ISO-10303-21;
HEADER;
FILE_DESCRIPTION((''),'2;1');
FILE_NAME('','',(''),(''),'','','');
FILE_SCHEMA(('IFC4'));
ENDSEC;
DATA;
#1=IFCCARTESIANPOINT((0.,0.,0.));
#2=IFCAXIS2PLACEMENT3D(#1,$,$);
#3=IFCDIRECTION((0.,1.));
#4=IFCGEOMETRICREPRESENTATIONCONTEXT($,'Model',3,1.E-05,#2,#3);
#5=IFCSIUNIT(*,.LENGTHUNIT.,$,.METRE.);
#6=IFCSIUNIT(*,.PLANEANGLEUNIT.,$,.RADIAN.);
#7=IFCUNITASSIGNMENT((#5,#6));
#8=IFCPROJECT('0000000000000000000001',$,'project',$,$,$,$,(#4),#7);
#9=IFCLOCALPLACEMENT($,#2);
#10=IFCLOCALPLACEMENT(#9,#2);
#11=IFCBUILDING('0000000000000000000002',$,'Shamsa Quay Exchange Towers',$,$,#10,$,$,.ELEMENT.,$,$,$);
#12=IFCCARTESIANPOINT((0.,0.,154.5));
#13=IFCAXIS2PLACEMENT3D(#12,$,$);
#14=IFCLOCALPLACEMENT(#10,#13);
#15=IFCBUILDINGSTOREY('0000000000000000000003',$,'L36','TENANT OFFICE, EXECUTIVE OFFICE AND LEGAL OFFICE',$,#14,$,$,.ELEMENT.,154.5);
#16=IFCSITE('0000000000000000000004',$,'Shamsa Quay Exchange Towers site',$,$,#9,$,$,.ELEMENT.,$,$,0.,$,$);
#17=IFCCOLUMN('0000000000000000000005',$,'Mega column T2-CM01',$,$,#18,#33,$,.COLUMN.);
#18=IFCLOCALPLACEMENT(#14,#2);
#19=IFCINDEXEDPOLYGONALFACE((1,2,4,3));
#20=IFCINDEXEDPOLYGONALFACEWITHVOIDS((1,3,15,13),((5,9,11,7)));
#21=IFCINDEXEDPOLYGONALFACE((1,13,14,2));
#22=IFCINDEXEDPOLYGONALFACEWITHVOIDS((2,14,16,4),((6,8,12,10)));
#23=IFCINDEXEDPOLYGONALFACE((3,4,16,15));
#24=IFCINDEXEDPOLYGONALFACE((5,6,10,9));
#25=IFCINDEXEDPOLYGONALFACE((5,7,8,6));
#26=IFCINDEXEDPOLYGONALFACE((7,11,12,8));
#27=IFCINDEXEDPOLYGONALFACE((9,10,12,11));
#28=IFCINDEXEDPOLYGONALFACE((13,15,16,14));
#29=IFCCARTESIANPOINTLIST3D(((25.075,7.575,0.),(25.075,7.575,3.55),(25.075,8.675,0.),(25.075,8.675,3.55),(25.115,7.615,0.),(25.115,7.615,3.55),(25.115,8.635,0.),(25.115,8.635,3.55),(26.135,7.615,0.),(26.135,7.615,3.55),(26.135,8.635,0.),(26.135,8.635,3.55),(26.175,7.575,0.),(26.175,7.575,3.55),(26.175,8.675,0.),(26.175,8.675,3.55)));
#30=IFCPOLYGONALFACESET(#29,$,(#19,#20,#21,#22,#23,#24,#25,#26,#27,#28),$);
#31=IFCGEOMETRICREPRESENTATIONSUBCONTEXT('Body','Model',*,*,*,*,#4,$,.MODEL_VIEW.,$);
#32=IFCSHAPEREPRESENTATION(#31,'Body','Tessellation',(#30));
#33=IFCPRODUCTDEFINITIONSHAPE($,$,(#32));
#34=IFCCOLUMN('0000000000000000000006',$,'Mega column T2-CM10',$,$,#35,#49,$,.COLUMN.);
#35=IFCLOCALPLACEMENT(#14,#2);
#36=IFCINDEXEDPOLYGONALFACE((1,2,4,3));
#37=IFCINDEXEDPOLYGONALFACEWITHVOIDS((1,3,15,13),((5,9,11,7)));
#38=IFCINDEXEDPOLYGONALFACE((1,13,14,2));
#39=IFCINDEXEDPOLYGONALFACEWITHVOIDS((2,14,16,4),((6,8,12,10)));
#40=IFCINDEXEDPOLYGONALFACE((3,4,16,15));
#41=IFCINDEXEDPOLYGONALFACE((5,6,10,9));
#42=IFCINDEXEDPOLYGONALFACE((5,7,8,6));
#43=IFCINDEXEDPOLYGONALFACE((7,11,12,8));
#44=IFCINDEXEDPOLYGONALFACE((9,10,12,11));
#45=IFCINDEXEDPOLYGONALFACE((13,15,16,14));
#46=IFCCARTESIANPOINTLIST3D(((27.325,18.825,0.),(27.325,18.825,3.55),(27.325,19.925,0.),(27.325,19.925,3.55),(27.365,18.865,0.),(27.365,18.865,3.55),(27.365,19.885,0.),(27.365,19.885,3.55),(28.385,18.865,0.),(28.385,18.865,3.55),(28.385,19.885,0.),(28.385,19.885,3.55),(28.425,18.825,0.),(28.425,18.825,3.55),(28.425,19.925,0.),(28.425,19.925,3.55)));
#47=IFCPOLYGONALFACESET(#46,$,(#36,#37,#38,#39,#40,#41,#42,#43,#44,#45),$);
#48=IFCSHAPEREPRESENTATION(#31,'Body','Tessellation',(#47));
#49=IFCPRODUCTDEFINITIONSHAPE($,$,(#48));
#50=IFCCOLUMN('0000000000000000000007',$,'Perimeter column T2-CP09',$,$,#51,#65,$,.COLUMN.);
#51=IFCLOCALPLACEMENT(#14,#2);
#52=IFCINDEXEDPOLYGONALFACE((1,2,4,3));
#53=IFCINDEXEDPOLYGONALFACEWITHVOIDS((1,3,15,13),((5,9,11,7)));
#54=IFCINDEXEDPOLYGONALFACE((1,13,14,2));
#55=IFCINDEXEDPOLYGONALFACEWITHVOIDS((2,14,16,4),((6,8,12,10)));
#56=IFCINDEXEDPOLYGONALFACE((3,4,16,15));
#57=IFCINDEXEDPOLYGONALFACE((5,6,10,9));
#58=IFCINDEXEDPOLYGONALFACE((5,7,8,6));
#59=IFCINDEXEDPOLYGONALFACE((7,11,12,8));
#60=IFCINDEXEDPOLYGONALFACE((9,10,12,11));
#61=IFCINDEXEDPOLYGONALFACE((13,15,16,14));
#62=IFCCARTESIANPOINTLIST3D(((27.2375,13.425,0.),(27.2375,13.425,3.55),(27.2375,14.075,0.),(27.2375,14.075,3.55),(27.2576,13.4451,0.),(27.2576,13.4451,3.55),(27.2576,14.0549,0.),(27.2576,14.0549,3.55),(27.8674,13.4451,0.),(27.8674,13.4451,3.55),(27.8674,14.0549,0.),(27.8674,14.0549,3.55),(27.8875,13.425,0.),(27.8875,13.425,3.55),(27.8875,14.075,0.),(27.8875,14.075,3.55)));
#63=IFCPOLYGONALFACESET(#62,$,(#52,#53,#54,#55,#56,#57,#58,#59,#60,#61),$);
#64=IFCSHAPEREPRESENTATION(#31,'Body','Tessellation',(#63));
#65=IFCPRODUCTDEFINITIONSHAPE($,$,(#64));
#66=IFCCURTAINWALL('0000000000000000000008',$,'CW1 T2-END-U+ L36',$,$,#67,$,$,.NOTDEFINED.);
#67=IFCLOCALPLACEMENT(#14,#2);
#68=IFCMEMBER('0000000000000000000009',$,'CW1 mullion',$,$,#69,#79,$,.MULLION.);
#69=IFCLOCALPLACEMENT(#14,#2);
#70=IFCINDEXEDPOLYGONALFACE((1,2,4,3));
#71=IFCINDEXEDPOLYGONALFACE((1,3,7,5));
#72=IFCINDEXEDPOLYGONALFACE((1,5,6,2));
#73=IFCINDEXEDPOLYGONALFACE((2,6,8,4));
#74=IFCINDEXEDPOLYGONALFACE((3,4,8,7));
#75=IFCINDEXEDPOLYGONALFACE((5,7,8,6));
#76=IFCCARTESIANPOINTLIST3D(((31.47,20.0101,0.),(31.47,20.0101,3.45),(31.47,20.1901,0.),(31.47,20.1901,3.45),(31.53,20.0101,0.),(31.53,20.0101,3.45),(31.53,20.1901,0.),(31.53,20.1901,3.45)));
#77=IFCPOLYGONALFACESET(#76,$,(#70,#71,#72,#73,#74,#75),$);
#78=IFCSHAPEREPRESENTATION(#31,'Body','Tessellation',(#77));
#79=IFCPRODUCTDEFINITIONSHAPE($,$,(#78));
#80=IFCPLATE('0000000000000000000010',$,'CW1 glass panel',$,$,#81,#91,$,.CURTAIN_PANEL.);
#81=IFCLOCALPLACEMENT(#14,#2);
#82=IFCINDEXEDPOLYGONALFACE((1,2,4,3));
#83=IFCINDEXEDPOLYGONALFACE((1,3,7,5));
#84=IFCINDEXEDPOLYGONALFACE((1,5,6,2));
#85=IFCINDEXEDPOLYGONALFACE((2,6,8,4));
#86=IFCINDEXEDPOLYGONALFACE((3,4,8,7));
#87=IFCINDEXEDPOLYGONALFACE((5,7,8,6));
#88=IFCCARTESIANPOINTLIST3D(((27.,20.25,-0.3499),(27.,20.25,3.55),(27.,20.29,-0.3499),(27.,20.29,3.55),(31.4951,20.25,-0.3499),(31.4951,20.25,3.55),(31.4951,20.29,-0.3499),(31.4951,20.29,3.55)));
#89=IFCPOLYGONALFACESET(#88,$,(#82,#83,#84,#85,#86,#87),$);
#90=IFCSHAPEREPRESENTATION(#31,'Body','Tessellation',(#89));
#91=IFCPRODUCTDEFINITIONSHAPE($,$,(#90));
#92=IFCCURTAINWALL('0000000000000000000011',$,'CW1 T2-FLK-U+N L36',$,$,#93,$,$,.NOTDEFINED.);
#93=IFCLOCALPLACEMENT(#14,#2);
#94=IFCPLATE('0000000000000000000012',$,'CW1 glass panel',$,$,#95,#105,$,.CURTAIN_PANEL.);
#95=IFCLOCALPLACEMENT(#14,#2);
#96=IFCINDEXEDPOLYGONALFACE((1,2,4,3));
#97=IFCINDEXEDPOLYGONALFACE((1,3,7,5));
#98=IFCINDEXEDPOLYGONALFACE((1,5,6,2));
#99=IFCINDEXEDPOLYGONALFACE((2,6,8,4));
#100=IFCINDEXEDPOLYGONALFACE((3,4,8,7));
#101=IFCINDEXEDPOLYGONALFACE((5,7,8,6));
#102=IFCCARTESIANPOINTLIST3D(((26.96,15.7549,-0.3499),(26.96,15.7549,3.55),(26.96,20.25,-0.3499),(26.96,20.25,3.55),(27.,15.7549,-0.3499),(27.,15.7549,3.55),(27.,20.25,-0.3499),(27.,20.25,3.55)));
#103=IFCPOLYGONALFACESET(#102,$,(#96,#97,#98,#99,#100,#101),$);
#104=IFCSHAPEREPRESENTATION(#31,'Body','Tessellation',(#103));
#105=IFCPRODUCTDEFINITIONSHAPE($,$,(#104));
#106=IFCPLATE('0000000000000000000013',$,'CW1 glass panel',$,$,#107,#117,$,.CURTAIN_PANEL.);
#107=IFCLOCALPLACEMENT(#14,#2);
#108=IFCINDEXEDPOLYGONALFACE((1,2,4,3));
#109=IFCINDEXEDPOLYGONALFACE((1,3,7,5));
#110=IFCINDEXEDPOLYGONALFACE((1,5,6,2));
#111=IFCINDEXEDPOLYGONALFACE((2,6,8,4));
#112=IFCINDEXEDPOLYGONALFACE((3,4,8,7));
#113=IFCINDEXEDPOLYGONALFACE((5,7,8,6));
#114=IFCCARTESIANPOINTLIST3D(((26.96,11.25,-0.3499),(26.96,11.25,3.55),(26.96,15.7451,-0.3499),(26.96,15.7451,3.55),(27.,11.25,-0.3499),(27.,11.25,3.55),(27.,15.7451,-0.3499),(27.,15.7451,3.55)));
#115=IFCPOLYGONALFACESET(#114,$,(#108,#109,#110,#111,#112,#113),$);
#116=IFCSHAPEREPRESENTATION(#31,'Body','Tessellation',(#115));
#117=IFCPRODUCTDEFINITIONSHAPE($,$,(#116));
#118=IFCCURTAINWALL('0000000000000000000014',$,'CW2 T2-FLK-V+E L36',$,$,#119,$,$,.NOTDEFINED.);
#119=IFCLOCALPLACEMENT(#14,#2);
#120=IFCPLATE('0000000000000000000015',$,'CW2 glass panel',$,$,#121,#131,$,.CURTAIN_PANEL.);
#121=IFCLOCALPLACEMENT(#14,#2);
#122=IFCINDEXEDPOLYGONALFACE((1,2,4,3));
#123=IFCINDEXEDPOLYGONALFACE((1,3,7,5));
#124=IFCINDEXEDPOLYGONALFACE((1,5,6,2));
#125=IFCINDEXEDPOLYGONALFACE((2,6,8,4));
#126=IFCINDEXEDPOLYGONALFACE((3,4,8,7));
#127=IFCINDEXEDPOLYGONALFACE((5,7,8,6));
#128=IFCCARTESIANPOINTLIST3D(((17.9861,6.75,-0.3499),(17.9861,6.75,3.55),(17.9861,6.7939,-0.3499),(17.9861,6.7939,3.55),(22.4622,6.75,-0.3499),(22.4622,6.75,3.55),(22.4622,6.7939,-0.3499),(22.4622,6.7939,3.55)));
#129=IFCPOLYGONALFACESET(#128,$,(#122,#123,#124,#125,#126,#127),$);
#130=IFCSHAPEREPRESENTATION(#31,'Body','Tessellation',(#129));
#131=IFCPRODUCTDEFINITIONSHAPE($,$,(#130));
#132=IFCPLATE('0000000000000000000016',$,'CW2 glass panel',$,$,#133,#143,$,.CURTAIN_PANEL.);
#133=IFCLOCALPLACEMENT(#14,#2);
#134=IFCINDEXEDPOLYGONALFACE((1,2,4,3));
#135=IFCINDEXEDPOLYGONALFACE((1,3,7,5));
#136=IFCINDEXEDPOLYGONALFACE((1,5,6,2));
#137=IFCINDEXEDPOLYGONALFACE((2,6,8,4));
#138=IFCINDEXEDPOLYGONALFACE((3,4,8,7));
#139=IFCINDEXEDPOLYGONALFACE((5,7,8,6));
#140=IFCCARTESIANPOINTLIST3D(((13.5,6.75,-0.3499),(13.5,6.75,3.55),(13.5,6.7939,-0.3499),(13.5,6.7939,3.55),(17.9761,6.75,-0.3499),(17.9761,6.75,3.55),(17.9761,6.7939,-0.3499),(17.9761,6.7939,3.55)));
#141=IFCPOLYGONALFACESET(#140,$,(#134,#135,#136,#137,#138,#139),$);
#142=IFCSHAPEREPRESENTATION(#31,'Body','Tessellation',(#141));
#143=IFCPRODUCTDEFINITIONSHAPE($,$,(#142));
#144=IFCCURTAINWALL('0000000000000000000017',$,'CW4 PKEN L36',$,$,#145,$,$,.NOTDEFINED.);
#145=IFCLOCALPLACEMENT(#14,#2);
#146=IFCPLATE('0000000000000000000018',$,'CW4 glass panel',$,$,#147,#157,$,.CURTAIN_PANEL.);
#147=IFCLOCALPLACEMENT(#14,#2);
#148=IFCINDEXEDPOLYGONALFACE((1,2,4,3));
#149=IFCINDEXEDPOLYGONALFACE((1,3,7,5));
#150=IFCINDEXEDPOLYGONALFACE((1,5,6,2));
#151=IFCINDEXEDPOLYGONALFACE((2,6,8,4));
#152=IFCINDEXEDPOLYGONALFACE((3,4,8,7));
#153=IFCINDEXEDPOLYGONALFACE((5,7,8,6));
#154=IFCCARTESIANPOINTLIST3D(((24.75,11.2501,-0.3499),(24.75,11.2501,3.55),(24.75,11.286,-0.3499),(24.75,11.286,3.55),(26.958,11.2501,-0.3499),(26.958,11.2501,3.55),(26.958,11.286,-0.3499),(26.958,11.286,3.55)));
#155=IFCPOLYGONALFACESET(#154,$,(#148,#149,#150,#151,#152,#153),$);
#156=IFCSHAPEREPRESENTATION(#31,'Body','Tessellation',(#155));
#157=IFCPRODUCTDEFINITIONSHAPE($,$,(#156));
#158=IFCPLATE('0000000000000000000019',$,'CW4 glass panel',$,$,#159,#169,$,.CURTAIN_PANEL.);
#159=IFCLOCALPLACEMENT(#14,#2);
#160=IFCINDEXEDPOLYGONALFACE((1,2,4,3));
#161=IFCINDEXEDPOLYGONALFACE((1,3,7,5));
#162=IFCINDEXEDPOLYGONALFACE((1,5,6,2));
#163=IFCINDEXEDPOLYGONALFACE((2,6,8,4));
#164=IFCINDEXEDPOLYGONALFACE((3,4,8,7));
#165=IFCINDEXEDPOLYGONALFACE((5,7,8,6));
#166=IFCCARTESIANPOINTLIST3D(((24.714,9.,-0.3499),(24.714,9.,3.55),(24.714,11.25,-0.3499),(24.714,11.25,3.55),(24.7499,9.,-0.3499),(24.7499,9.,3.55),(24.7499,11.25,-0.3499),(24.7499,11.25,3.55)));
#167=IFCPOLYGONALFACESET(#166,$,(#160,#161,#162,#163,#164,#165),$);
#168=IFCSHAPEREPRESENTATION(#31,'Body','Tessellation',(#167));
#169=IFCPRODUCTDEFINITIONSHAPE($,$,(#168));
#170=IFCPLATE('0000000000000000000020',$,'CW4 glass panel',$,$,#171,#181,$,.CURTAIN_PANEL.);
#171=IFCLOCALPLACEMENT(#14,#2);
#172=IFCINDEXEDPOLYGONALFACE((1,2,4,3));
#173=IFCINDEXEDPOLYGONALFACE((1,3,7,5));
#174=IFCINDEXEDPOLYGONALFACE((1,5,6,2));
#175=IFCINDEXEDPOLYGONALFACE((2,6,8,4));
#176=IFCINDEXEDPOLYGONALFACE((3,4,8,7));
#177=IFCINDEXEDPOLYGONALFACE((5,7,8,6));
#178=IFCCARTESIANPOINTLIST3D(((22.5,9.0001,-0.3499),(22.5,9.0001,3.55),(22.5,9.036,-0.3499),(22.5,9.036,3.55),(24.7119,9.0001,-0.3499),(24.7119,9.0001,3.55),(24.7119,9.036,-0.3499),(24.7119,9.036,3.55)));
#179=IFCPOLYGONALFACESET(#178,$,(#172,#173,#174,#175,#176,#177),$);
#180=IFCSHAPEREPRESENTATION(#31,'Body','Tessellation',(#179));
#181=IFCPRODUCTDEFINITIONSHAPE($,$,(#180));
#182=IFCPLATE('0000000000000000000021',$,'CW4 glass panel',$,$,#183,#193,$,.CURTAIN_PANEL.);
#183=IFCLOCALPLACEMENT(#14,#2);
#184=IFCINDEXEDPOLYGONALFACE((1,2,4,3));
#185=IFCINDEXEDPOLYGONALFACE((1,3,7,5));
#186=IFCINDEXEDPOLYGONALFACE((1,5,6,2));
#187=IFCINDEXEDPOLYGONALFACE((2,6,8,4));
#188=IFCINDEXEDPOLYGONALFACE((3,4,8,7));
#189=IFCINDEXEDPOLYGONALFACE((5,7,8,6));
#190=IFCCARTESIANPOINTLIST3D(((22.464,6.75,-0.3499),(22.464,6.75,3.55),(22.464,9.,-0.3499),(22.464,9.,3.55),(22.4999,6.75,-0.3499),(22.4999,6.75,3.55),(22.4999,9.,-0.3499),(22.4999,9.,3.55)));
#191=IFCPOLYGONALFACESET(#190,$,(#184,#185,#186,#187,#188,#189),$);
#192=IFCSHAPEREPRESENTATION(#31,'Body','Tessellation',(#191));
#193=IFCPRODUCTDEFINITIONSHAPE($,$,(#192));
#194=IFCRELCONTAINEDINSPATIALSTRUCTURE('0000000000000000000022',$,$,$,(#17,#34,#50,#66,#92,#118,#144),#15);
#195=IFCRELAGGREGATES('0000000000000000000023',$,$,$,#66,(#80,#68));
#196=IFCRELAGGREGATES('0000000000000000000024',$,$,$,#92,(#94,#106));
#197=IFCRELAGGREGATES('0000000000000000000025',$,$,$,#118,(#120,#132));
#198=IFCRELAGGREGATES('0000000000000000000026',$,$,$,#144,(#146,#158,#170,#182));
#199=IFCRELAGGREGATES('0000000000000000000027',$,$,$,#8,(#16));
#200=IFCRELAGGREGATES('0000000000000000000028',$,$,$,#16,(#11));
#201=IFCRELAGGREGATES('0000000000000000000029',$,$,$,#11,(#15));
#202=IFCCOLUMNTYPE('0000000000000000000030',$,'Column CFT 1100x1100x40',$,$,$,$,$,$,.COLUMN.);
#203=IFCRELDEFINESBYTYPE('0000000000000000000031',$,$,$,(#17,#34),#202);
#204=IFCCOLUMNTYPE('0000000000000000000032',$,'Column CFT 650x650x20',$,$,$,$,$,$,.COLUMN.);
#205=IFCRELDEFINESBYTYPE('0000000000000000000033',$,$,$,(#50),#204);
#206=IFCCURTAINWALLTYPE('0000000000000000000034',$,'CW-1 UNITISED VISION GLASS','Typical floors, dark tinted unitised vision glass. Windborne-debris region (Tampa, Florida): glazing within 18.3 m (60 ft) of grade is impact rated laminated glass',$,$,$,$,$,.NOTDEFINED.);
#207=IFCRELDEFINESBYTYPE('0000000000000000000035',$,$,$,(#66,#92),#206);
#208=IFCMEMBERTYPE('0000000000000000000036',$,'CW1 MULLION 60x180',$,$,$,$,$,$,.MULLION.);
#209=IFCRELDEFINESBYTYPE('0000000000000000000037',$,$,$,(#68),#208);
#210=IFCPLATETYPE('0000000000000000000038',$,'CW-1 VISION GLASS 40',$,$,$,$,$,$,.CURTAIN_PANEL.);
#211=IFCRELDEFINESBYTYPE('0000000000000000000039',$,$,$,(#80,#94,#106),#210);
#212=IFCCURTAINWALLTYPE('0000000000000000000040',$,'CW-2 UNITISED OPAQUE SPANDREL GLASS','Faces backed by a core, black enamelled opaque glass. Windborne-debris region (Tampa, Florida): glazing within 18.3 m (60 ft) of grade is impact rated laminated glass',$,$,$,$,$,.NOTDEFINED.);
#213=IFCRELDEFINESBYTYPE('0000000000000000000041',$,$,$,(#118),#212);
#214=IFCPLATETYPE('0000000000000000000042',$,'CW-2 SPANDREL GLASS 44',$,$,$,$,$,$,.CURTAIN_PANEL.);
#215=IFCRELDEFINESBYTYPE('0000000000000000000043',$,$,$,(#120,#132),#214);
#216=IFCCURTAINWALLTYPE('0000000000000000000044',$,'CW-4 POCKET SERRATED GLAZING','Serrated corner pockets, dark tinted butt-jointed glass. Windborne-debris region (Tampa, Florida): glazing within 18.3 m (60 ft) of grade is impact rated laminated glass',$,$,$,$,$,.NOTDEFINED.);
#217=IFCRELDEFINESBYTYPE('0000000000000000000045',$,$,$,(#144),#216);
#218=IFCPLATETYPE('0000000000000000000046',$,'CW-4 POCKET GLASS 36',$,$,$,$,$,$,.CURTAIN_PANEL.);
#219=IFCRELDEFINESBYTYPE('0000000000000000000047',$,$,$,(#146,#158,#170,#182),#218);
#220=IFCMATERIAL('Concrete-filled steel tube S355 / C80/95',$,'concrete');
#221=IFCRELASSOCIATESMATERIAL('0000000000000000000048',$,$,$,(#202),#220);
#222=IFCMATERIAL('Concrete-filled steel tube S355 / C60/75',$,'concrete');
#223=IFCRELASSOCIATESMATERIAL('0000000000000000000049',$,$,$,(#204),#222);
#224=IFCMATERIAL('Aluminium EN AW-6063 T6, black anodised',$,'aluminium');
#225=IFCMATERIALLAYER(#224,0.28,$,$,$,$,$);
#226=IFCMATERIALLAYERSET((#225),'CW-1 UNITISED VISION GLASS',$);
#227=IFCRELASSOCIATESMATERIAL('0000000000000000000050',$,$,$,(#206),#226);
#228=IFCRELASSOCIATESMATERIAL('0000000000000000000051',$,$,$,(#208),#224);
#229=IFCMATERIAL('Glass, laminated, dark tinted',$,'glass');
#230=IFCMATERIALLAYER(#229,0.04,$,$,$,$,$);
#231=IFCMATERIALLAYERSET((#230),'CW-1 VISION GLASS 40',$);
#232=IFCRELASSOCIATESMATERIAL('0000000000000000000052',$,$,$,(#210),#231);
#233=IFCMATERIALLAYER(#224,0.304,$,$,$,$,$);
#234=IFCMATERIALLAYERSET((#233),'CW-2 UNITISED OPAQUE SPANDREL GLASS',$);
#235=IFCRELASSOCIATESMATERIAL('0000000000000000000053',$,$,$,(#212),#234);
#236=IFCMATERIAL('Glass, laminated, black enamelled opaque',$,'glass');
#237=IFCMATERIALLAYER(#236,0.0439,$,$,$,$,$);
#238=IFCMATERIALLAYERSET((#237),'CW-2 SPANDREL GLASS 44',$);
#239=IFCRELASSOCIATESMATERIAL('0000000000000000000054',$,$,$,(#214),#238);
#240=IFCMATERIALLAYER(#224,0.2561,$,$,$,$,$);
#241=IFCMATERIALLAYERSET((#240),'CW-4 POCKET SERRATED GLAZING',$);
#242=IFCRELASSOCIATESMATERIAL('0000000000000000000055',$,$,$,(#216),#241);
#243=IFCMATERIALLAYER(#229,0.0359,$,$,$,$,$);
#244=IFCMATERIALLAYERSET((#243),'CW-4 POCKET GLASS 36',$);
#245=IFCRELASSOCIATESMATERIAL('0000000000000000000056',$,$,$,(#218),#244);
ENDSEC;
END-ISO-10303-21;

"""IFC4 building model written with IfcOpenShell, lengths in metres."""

from ifc_helpers import new_model, si_unit, direction, frame, origin, origin_2d, place, context, subcontext, project, spatial, rectangle, hollow_rectangle, extrude, material, layer, layer_set, material_profile, profile_set, type_object, element, aggregate, save


model = new_model("IFC4")

# Units and contexts
model_context = context("Model", 3, precision=1e-05, world=origin(), true_north=direction((0.0, 1.0)))
body_context = subcontext(model_context, "Body", "Model", "MODEL_VIEW")
ifc_project = project(units=[si_unit("LENGTHUNIT", "METRE"), si_unit("PLANEANGLEUNIT", "RADIAN")], contexts=[model_context])

# Site, building, storey
site_placement = place(None, origin())
site = spatial("IfcSite", under=ifc_project, at=site_placement, Name="Shamsa Quay Exchange Towers site", CompositionType="ELEMENT", RefElevation=0.0)
building_placement = place(site_placement, origin())
building = spatial("IfcBuilding", under=site, at=building_placement, Name="Shamsa Quay Exchange Towers", CompositionType="ELEMENT")
storey_placement = place(building_placement, frame((0.0, 0.0, 154.5)))
storey = spatial("IfcBuildingStorey", under=building, at=storey_placement, Name="L36", Description="TENANT OFFICE, EXECUTIVE OFFICE AND LEGAL OFFICE", CompositionType="ELEMENT", Elevation=154.5)

# Columns
ifc_material_1 = material(Name="Concrete-filled steel tube S355 / C80/95", Category="concrete")
ifc_material_profile_1 = material_profile(ifc_material_1, hollow_rectangle(XDim=1.1001, YDim=1.1001, WallThickness=0.04, at=origin_2d()), Name="CFT 1100x1100x40")
ifc_profile_set_1 = profile_set([ifc_material_profile_1], Name="Concrete-filled steel tube S355 / C80/95")
column_type_1 = type_object("IfcColumnType", Name="Column CFT 1100x1100x40", PredefinedType="COLUMN", material=ifc_profile_set_1)
for number, where, name in (
    (1, (25.625, 8.125, 0.0), "Mega column T2-CM01"),
    (2, (27.875, 19.375, 0.0), "Mega column T2-CM10"),
):
    element("IfcColumn", number, at=place(storey_placement, frame(where)), inside=storey, type_object=column_type_1, Name=name, PredefinedType="COLUMN", context=body_context, shape_type="SweptSolid", body=[
        extrude(hollow_rectangle(XDim=1.1001, YDim=1.1001, WallThickness=0.04, at=origin_2d()), origin(), (0.0, 0.0, 1.0), 3.55),
    ])
ifc_material_2 = material(Name="Concrete-filled steel tube S355 / C60/75", Category="concrete")
ifc_material_profile_2 = material_profile(ifc_material_2, hollow_rectangle(XDim=0.6499, YDim=0.6499, WallThickness=0.02, at=origin_2d()), Name="CFT 650x650x20")
ifc_profile_set_2 = profile_set([ifc_material_profile_2], Name="Concrete-filled steel tube S355 / C60/75")
column_type_2 = type_object("IfcColumnType", Name="Column CFT 650x650x20", PredefinedType="COLUMN", material=ifc_profile_set_2)
column_placement = place(storey_placement, frame((27.5625, 13.75, 0.0)))
element("IfcColumn", 3, at=column_placement, inside=storey, type_object=column_type_2, Name="Perimeter column T2-CP09", PredefinedType="COLUMN", context=body_context, shape_type="SweptSolid", body=[
    extrude(hollow_rectangle(XDim=0.6499, YDim=0.6499, WallThickness=0.02, at=origin_2d()), origin(), (0.0, 0.0, 1.0), 3.55),
])

# Curtain wall, member, plate
ifc_material_3 = material(Name="Aluminium EN AW-6063 T6, black anodised", Category="aluminium")
ifc_layer_1 = layer(ifc_material_3, 0.28)
ifc_layer_set_1 = layer_set([ifc_layer_1], Name="CW-1 UNITISED VISION GLASS")
curtain_wall_type_1 = type_object("IfcCurtainWallType", Name="CW-1 UNITISED VISION GLASS", Description="Typical floors, dark tinted unitised vision glass. Windborne-debris region (Tampa, Florida): glazing within 18.3 m (60 ft) of grade is impact rated laminated glass", PredefinedType="NOTDEFINED", material=ifc_layer_set_1)
curtain_wall_1_placement = place(storey_placement, origin())
curtain_wall_1 = element("IfcCurtainWall", 4, at=curtain_wall_1_placement, inside=storey, type_object=curtain_wall_type_1, Name="CW1 T2-END-U+ L36", PredefinedType="NOTDEFINED")
ifc_material_profile_3 = material_profile(ifc_material_3, rectangle(XDim=0.1799, YDim=0.0601, at=origin_2d()), Name="MU60x180")
ifc_profile_set_3 = profile_set([ifc_material_profile_3], Name="Aluminium EN AW-6063 T6, black anodised")
member_type = type_object("IfcMemberType", Name="CW1 MULLION 60x180", PredefinedType="MULLION", material=ifc_profile_set_3)
member_placement = place(storey_placement, frame((31.5, 20.1001, 0.0), z_axis=(0.0, 0.0, 1.0), x_axis=(0.0, -1.0, 0.0)))
member = element("IfcMember", 5, at=member_placement, type_object=member_type, Name="CW1 mullion", PredefinedType="MULLION", context=body_context, shape_type="SweptSolid", body=[
    extrude(rectangle(XDim=0.1799, YDim=0.0601, at=origin_2d()), origin(), (0.0, 0.0, 1.0), 3.45),
])
ifc_material_4 = material(Name="Glass, laminated, dark tinted", Category="glass")
ifc_layer_2 = layer(ifc_material_4, 0.04)
ifc_layer_set_2 = layer_set([ifc_layer_2], Name="CW-1 VISION GLASS 40")
plate_type_1 = type_object("IfcPlateType", Name="CW-1 VISION GLASS 40", PredefinedType="CURTAIN_PANEL", material=ifc_layer_set_2)
plate_1_placement = place(storey_placement, frame((29.2476, 20.27, -0.3499), z_axis=(0.0, 0.0, 1.0), x_axis=(-1.0, 0.0, 0.0)))
plate_1 = element("IfcPlate", 6, at=plate_1_placement, type_object=plate_type_1, Name="CW1 glass panel", PredefinedType="CURTAIN_PANEL", context=body_context, shape_type="SweptSolid", body=[
    extrude(rectangle(XDim=4.4951, YDim=0.04, at=origin_2d()), origin(), (0.0, 0.0, 1.0), 3.8999),
])
aggregate(curtain_wall_1, [plate_1, member])

# Curtain walls, plates
curtain_wall_2_placement = place(storey_placement, origin())
curtain_wall_2 = element("IfcCurtainWall", 7, at=curtain_wall_2_placement, inside=storey, type_object=curtain_wall_type_1, Name="CW1 T2-FLK-U+N L36", PredefinedType="NOTDEFINED")
plate_2_placement = place(storey_placement, frame((26.98, 18.0024, -0.3499), z_axis=(0.0, 0.0, 1.0), x_axis=(0.0, -1.0, 0.0)))
plate_2 = element("IfcPlate", 8, at=plate_2_placement, type_object=plate_type_1, Name="CW1 glass panel", PredefinedType="CURTAIN_PANEL", context=body_context, shape_type="SweptSolid", body=[
    extrude(rectangle(XDim=4.4951, YDim=0.04, at=origin_2d()), origin(), (0.0, 0.0, 1.0), 3.8999),
])
plate_3_placement = place(storey_placement, frame((26.98, 13.4976, -0.3499), z_axis=(0.0, 0.0, 1.0), x_axis=(0.0, -1.0, 0.0)))
plate_3 = element("IfcPlate", 9, at=plate_3_placement, type_object=plate_type_1, Name="CW1 glass panel", PredefinedType="CURTAIN_PANEL", context=body_context, shape_type="SweptSolid", body=[
    extrude(rectangle(XDim=4.4951, YDim=0.04, at=origin_2d()), origin(), (0.0, 0.0, 1.0), 3.8999),
])
aggregate(curtain_wall_2, [plate_2, plate_3])
ifc_layer_3 = layer(ifc_material_3, 0.304)
ifc_layer_set_3 = layer_set([ifc_layer_3], Name="CW-2 UNITISED OPAQUE SPANDREL GLASS")
curtain_wall_type_2 = type_object("IfcCurtainWallType", Name="CW-2 UNITISED OPAQUE SPANDREL GLASS", Description="Faces backed by a core, black enamelled opaque glass. Windborne-debris region (Tampa, Florida): glazing within 18.3 m (60 ft) of grade is impact rated laminated glass", PredefinedType="NOTDEFINED", material=ifc_layer_set_3)
curtain_wall_3_placement = place(storey_placement, origin())
curtain_wall_3 = element("IfcCurtainWall", 10, at=curtain_wall_3_placement, inside=storey, type_object=curtain_wall_type_2, Name="CW2 T2-FLK-V+E L36", PredefinedType="NOTDEFINED")
ifc_material_5 = material(Name="Glass, laminated, black enamelled opaque", Category="glass")
ifc_layer_4 = layer(ifc_material_5, 0.0439)
ifc_layer_set_4 = layer_set([ifc_layer_4], Name="CW-2 SPANDREL GLASS 44")
plate_type_2 = type_object("IfcPlateType", Name="CW-2 SPANDREL GLASS 44", PredefinedType="CURTAIN_PANEL", material=ifc_layer_set_4)
plate_4_placement = place(storey_placement, frame((20.2241, 6.772, -0.3499), z_axis=(0.0, 0.0, 1.0), x_axis=(-1.0, 0.0, 0.0)))
plate_4 = element("IfcPlate", 11, at=plate_4_placement, type_object=plate_type_2, Name="CW2 glass panel", PredefinedType="CURTAIN_PANEL", context=body_context, shape_type="SweptSolid", body=[
    extrude(rectangle(XDim=4.4761, YDim=0.0439, at=origin_2d()), origin(), (0.0, 0.0, 1.0), 3.8999),
])
plate_5_placement = place(storey_placement, frame((15.738, 6.772, -0.3499), z_axis=(0.0, 0.0, 1.0), x_axis=(-1.0, 0.0, 0.0)))
plate_5 = element("IfcPlate", 12, at=plate_5_placement, type_object=plate_type_2, Name="CW2 glass panel", PredefinedType="CURTAIN_PANEL", context=body_context, shape_type="SweptSolid", body=[
    extrude(rectangle(XDim=4.4761, YDim=0.0439, at=origin_2d()), origin(), (0.0, 0.0, 1.0), 3.8999),
])
aggregate(curtain_wall_3, [plate_4, plate_5])
ifc_layer_5 = layer(ifc_material_3, 0.2561)
ifc_layer_set_5 = layer_set([ifc_layer_5], Name="CW-4 POCKET SERRATED GLAZING")
curtain_wall_type_3 = type_object("IfcCurtainWallType", Name="CW-4 POCKET SERRATED GLAZING", Description="Serrated corner pockets, dark tinted butt-jointed glass. Windborne-debris region (Tampa, Florida): glazing within 18.3 m (60 ft) of grade is impact rated laminated glass", PredefinedType="NOTDEFINED", material=ifc_layer_set_5)
curtain_wall_4_placement = place(storey_placement, origin())
curtain_wall_4 = element("IfcCurtainWall", 13, at=curtain_wall_4_placement, inside=storey, type_object=curtain_wall_type_3, Name="CW4 PKEN L36", PredefinedType="NOTDEFINED")
ifc_layer_6 = layer(ifc_material_4, 0.0359)
ifc_layer_set_6 = layer_set([ifc_layer_6], Name="CW-4 POCKET GLASS 36")
plate_type_3 = type_object("IfcPlateType", Name="CW-4 POCKET GLASS 36", PredefinedType="CURTAIN_PANEL", material=ifc_layer_set_6)
plate_6_placement = place(storey_placement, frame((25.854, 11.2681, -0.3499), z_axis=(0.0, 0.0, 1.0), x_axis=(-1.0, 0.0, 0.0)))
plate_6 = element("IfcPlate", 14, at=plate_6_placement, type_object=plate_type_3, Name="CW4 glass panel", PredefinedType="CURTAIN_PANEL", context=body_context, shape_type="SweptSolid", body=[
    extrude(rectangle(XDim=2.208, YDim=0.0359, at=origin_2d()), origin(), (0.0, 0.0, 1.0), 3.8999),
])
plate_7_placement = place(storey_placement, frame((24.7319, 10.125, -0.3499), z_axis=(0.0, 0.0, 1.0), x_axis=(0.0, -1.0, 0.0)))
plate_7 = element("IfcPlate", 15, at=plate_7_placement, type_object=plate_type_3, Name="CW4 glass panel", PredefinedType="CURTAIN_PANEL", context=body_context, shape_type="SweptSolid", body=[
    extrude(rectangle(XDim=2.25, YDim=0.0359, at=origin_2d()), origin(), (0.0, 0.0, 1.0), 3.8999),
])
plate_8_placement = place(storey_placement, frame((23.606, 9.0181, -0.3499), z_axis=(0.0, 0.0, 1.0), x_axis=(-1.0, 0.0, 0.0)))
plate_8 = element("IfcPlate", 16, at=plate_8_placement, type_object=plate_type_3, Name="CW4 glass panel", PredefinedType="CURTAIN_PANEL", context=body_context, shape_type="SweptSolid", body=[
    extrude(rectangle(XDim=2.2119, YDim=0.0359, at=origin_2d()), origin(), (0.0, 0.0, 1.0), 3.8999),
])
plate_9_placement = place(storey_placement, frame((22.4819, 7.875, -0.3499), z_axis=(0.0, 0.0, 1.0), x_axis=(0.0, -1.0, 0.0)))
plate_9 = element("IfcPlate", 17, at=plate_9_placement, type_object=plate_type_3, Name="CW4 glass panel", PredefinedType="CURTAIN_PANEL", context=body_context, shape_type="SweptSolid", body=[
    extrude(rectangle(XDim=2.25, YDim=0.0359, at=origin_2d()), origin(), (0.0, 0.0, 1.0), 3.8999),
])
aggregate(curtain_wall_4, [plate_6, plate_7, plate_8, plate_9])

save(model, "model.ifc")
